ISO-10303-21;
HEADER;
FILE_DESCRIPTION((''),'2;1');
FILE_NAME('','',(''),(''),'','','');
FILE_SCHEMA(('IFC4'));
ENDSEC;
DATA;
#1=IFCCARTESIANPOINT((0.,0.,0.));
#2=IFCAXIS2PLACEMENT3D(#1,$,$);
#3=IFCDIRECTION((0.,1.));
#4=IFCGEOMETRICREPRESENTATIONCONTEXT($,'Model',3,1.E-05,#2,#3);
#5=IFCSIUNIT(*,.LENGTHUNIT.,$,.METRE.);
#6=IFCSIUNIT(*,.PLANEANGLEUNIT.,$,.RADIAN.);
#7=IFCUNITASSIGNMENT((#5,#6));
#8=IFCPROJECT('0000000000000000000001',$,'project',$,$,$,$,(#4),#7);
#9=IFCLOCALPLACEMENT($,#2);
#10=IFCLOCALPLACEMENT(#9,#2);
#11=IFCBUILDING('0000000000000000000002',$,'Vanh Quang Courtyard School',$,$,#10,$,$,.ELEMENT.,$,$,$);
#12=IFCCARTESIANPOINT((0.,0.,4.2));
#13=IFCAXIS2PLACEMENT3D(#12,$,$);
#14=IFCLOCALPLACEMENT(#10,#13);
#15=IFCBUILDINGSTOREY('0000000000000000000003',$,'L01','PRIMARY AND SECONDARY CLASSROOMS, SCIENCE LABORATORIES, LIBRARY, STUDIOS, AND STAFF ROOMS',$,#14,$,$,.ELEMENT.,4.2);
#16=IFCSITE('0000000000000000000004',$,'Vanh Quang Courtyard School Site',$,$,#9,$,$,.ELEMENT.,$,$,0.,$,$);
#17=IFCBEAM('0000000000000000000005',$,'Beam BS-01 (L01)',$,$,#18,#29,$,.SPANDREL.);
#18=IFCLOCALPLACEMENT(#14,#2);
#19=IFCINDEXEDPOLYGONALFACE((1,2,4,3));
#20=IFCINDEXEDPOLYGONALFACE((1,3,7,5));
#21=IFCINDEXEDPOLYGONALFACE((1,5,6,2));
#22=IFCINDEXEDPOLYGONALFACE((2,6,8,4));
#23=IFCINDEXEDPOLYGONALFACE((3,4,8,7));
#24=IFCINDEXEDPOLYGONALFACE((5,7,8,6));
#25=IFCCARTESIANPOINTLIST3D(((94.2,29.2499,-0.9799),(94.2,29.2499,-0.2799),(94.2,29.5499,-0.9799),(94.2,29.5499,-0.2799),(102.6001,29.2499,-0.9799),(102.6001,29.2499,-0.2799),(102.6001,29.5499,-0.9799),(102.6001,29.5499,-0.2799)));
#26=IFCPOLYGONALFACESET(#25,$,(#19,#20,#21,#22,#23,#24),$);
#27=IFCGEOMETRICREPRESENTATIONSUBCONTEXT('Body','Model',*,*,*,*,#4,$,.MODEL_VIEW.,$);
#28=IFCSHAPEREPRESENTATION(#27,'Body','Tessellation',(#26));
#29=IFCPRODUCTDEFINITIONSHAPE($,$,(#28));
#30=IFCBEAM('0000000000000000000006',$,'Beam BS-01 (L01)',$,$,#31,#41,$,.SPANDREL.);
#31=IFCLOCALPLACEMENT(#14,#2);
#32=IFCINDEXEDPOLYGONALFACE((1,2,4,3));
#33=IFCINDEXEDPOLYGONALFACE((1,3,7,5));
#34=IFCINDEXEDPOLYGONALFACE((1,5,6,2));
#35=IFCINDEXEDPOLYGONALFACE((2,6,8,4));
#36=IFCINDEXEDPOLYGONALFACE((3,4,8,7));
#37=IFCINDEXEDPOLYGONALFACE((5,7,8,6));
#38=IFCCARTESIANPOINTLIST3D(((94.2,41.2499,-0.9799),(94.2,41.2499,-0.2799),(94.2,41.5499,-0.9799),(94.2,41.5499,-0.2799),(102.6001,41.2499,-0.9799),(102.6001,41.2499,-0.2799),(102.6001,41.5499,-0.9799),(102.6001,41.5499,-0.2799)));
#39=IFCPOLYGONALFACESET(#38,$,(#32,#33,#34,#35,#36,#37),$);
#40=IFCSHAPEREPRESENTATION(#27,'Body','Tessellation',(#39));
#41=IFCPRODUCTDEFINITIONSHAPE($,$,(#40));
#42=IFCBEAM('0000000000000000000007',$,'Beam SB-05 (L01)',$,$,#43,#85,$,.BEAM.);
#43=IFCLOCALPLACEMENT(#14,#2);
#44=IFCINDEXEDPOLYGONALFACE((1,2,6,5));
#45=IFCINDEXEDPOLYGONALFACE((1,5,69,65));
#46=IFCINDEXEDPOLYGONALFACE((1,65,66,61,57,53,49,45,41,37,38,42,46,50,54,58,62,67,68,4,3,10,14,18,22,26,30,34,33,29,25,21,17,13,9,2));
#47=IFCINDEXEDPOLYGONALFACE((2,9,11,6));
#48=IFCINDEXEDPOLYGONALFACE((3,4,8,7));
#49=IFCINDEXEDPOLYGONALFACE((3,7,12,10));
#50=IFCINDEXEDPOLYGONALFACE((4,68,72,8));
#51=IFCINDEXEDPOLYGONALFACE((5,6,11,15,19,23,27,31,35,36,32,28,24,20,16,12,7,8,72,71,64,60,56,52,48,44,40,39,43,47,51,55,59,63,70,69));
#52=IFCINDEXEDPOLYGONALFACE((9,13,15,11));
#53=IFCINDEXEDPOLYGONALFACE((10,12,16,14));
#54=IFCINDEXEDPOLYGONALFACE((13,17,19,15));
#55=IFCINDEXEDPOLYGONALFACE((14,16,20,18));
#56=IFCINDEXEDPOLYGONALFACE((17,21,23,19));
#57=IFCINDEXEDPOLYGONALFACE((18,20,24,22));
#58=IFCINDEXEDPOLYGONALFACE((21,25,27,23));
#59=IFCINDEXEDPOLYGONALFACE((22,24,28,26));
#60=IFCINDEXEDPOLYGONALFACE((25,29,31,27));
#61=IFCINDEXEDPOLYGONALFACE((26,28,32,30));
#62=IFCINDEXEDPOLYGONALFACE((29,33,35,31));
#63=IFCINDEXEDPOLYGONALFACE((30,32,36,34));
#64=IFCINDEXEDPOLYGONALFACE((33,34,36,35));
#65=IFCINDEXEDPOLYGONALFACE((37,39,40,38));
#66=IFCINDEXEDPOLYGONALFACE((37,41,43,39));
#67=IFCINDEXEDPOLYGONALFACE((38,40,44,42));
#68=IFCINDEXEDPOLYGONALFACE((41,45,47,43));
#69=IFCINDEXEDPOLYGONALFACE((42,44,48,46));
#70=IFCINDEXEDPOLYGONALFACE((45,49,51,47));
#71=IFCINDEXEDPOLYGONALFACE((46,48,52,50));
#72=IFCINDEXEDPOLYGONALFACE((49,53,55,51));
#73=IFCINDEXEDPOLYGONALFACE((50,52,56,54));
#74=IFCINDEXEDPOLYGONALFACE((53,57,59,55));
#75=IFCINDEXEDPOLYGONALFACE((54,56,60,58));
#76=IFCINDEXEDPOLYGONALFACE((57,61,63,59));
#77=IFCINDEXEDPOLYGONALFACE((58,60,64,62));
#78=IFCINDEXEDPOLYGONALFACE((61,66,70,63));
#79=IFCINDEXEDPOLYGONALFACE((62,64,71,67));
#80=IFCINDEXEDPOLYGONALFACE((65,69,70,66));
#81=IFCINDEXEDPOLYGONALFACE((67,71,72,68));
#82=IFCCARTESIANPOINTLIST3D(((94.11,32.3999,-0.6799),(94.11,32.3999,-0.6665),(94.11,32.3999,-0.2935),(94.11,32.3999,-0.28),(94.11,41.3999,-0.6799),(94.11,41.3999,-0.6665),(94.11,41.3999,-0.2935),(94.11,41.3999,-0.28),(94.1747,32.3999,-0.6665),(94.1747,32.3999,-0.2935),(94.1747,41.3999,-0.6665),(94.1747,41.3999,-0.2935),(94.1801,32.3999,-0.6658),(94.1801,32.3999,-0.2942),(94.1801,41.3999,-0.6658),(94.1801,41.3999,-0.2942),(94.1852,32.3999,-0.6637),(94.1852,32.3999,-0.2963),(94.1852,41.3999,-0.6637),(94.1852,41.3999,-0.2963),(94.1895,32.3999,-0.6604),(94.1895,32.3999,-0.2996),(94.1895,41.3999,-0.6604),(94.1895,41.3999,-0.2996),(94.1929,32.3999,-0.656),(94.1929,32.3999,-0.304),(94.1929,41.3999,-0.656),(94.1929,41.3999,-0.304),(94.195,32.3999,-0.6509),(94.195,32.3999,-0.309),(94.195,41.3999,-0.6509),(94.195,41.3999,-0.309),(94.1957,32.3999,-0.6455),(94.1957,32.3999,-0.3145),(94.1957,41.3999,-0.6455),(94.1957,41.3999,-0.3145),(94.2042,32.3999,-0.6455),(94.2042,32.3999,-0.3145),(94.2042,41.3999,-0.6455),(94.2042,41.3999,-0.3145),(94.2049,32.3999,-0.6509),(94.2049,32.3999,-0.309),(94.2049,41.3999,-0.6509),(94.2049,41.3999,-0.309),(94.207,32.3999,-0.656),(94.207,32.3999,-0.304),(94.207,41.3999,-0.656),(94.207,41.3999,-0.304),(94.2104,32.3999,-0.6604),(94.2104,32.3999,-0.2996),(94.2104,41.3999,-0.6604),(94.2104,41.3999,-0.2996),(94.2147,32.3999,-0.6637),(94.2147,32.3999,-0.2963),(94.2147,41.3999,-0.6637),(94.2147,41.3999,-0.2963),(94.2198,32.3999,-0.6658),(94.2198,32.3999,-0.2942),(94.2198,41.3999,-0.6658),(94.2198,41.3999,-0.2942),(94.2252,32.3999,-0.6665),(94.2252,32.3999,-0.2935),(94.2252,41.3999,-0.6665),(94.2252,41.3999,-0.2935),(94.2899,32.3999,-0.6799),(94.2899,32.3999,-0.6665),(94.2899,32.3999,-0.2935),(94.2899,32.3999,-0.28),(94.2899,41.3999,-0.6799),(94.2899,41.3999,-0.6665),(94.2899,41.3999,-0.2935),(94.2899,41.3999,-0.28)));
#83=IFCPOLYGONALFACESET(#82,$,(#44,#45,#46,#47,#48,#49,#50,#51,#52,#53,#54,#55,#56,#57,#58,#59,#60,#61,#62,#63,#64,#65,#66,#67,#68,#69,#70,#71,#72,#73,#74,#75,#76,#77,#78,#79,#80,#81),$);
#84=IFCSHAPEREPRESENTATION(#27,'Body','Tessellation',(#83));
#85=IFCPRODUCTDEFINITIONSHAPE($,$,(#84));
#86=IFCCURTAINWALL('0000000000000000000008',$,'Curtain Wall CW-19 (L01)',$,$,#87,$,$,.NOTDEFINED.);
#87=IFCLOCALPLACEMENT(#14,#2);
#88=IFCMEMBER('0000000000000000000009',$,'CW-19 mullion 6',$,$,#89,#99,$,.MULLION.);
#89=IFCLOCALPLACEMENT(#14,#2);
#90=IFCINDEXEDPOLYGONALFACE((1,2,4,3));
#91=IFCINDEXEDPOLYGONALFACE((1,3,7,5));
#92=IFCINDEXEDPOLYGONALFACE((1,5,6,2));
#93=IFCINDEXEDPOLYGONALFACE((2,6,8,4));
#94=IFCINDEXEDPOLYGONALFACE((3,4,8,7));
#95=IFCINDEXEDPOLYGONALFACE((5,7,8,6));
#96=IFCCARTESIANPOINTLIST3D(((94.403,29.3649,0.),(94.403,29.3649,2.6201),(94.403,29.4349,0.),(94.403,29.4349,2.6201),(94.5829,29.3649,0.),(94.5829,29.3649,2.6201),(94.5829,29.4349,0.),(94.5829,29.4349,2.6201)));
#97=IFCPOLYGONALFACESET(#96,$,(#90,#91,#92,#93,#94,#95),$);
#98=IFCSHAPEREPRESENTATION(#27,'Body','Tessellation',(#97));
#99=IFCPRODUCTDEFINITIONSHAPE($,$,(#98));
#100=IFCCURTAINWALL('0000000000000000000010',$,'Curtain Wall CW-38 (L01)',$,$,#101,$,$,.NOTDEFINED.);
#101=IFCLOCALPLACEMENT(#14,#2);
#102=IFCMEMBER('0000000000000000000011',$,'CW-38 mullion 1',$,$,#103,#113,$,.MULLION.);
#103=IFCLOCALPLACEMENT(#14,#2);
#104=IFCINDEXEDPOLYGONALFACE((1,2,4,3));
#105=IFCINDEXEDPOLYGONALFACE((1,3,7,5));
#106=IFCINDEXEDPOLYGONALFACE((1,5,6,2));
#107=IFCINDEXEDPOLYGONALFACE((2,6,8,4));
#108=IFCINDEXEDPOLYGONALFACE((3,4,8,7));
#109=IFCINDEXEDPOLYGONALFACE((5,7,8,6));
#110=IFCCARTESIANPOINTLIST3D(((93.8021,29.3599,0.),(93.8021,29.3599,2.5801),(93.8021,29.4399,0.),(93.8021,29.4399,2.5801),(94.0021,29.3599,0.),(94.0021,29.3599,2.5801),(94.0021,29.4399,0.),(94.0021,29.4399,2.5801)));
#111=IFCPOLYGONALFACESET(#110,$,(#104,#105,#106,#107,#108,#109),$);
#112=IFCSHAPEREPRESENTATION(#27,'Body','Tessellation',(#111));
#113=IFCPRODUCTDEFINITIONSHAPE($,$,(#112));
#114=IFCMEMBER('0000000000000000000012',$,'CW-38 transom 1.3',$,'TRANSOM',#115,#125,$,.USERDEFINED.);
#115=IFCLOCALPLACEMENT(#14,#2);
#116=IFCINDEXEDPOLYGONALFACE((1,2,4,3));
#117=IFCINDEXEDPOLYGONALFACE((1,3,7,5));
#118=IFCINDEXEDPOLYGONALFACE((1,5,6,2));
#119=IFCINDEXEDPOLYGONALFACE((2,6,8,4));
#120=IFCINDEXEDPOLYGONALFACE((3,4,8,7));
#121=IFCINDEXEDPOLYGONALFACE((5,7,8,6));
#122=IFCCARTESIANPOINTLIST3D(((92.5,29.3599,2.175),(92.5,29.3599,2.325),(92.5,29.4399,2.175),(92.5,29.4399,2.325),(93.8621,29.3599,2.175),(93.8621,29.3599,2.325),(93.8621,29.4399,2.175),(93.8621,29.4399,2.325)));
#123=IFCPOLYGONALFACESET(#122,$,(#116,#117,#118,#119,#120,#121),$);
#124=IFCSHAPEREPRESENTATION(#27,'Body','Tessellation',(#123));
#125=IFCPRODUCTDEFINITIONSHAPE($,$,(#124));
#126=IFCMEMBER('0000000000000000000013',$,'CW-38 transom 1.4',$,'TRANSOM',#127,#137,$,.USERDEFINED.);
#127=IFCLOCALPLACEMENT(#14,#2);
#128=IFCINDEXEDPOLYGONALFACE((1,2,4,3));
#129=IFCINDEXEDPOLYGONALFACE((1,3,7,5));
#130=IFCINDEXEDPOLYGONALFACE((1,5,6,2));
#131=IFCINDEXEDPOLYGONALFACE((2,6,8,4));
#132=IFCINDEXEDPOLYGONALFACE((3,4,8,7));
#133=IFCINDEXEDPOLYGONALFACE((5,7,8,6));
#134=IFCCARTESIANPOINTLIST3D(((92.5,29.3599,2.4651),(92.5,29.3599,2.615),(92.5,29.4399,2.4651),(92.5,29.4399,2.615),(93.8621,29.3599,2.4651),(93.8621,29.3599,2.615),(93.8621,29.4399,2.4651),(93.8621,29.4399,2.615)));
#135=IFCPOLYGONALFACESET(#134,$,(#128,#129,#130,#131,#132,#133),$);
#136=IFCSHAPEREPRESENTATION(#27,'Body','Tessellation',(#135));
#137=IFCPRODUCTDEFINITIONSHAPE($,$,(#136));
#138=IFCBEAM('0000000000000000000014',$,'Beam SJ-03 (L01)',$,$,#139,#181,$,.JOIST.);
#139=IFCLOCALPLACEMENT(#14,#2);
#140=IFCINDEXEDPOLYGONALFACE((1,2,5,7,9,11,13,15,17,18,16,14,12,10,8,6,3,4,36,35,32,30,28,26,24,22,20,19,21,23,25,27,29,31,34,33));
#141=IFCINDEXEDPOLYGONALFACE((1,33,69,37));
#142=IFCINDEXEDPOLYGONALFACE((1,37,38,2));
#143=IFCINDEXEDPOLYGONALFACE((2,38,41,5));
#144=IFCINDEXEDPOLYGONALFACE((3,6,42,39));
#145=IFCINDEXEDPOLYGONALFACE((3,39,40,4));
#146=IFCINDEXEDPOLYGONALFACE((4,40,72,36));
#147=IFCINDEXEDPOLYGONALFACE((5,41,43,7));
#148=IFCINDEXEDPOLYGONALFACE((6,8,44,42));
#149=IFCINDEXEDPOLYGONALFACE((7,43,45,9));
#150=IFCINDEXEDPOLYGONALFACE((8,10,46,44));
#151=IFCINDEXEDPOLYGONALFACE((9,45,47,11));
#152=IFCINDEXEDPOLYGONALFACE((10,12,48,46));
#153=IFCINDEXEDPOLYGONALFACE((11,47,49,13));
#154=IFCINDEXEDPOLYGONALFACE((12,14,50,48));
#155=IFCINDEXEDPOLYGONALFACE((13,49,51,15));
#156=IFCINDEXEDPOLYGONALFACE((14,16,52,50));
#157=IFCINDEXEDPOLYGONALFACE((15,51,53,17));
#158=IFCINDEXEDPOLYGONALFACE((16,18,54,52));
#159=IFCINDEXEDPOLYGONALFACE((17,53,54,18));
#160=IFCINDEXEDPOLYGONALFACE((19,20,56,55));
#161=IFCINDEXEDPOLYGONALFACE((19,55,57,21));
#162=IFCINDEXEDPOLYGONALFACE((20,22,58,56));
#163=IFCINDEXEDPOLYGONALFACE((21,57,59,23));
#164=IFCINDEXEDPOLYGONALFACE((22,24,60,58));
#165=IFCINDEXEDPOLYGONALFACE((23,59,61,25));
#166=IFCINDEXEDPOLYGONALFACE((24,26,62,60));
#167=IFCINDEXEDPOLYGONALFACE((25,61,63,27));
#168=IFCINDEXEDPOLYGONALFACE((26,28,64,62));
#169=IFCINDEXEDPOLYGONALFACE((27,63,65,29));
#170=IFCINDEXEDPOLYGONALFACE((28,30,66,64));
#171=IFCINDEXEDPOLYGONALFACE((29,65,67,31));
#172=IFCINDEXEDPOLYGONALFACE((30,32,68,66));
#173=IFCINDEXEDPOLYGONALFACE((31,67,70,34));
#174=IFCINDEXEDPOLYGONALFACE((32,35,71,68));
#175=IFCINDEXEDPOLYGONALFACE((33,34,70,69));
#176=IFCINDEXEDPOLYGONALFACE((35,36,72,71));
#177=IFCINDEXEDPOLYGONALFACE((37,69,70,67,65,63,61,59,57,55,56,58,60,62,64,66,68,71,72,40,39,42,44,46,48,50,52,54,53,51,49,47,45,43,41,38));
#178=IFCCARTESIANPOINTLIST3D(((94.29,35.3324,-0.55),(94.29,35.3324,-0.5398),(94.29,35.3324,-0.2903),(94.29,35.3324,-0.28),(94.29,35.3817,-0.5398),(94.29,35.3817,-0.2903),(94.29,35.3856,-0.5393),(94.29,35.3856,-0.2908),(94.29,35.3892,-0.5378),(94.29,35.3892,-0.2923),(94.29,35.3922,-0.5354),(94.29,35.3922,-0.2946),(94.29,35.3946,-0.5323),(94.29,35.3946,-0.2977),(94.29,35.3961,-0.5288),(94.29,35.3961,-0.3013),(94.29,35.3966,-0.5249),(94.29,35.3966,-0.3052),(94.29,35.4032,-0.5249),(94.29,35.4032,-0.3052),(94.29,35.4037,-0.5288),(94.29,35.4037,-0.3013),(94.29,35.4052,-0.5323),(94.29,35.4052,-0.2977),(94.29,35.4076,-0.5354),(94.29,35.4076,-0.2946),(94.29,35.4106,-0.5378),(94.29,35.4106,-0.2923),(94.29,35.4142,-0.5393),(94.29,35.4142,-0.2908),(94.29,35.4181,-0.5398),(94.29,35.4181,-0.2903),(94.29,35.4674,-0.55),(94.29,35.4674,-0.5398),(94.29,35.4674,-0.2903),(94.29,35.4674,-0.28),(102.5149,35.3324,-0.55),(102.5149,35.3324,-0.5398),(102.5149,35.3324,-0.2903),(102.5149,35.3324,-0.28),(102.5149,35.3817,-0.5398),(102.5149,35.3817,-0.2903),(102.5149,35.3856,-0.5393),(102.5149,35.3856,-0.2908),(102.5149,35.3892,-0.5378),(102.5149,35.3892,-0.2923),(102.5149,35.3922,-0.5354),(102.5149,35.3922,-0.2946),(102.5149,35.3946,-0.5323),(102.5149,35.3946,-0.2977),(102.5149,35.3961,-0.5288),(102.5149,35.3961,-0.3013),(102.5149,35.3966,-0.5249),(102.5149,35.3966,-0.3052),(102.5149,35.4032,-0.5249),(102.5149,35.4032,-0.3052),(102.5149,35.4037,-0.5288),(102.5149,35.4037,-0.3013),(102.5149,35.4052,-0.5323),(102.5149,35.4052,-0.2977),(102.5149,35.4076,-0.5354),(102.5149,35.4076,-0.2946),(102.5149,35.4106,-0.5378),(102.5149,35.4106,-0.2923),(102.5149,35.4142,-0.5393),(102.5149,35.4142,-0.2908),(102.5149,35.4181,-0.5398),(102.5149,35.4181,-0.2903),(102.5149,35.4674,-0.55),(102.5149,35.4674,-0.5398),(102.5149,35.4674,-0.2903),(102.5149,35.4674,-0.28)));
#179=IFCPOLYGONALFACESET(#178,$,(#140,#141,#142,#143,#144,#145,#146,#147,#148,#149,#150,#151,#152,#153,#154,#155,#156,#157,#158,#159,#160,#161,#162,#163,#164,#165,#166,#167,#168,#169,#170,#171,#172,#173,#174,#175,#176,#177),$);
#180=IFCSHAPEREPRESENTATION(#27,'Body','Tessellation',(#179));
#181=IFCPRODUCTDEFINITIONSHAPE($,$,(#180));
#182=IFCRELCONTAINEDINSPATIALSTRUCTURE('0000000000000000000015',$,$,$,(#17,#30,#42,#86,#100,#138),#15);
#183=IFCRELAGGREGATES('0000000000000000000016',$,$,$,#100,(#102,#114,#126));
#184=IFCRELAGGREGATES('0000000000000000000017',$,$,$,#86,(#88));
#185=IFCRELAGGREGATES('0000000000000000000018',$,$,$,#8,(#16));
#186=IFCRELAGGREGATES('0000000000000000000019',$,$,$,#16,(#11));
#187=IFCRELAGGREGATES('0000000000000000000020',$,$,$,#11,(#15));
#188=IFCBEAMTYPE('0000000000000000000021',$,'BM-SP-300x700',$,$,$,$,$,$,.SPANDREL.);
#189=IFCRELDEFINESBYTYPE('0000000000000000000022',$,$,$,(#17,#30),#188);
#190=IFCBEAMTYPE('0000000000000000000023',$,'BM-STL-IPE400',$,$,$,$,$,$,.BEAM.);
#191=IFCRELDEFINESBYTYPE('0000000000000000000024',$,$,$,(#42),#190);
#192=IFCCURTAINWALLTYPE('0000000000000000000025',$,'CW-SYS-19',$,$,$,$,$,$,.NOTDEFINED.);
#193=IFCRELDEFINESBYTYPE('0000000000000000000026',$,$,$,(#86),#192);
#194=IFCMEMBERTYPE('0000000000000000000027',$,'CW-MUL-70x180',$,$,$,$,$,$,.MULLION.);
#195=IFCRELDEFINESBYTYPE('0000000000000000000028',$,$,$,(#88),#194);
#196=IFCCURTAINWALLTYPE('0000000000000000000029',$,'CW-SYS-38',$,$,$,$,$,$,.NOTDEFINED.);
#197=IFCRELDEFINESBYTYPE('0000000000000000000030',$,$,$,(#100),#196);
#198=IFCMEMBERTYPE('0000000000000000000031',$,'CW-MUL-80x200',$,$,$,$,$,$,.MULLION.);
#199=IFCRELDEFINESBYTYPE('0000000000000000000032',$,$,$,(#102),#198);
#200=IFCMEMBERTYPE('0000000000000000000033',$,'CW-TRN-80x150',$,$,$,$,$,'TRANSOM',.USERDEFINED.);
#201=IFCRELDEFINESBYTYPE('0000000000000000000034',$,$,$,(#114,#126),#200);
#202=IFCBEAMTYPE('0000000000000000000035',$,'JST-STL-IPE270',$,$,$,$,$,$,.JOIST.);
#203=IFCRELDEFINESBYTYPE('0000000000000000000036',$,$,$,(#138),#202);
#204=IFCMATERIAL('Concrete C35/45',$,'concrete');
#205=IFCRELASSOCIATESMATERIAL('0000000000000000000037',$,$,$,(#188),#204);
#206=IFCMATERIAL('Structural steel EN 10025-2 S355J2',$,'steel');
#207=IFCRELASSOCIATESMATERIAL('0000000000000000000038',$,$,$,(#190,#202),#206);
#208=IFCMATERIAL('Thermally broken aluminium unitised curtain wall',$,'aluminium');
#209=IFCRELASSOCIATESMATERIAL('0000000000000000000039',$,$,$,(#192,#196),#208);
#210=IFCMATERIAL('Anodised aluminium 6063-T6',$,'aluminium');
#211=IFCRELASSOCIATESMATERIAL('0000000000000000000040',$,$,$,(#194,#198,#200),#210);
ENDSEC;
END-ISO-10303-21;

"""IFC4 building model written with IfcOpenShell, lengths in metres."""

from ifc_helpers import new_model, si_unit, direction, frame, origin, origin_2d, place, context, subcontext, project, spatial, rectangle, i_section, extrude, material, material_profile, profile_set, type_object, element, aggregate, save


model = new_model("IFC4")

# Units and contexts
model_context = context("Model", 3, precision=1e-05, world=origin(), true_north=direction((0.0, 1.0)))
body_context = subcontext(model_context, "Body", "Model", "MODEL_VIEW")
ifc_project = project(units=[si_unit("LENGTHUNIT", "METRE"), si_unit("PLANEANGLEUNIT", "RADIAN")], contexts=[model_context])

# Site, building, storey
site_placement = place(None, origin())
site = spatial("IfcSite", under=ifc_project, at=site_placement, Name="Vanh Quang Courtyard School Site", CompositionType="ELEMENT", RefElevation=0.0)
building_placement = place(site_placement, origin())
building = spatial("IfcBuilding", under=site, at=building_placement, Name="Vanh Quang Courtyard School", CompositionType="ELEMENT")
storey_placement = place(building_placement, frame((0.0, 0.0, 4.2)))
storey = spatial("IfcBuildingStorey", under=building, at=storey_placement, Name="L01", Description="PRIMARY AND SECONDARY CLASSROOMS, SCIENCE LABORATORIES, LIBRARY, STUDIOS, AND STAFF ROOMS", CompositionType="ELEMENT", Elevation=4.2)

# Shared definitions
ifc_material_1 = material(Name="Concrete C35/45", Category="concrete")

# Beams
ifc_material_profile_1 = material_profile(ifc_material_1, rectangle(XDim=0.3, YDim=0.7, at=origin_2d()), Name="RC-SP 300x700")
ifc_profile_set_1 = profile_set([ifc_material_profile_1], Name="Concrete C35/45")
beam_type_1 = type_object("IfcBeamType", Name="BM-SP-300x700", PredefinedType="SPANDREL", material=ifc_profile_set_1)
for number, where, z_axis, x_axis, name in (
    (1, (94.2, 29.3999, -0.6299), (1.0, 0.0, 0.0), (0.0, 1.0, 0.0), "Beam BS-01 (L01)"),
    (2, (94.2, 41.3999, -0.6299), (1.0, 0.0, 0.0), (0.0, 1.0, 0.0), "Beam BS-01 (L01)"),
):
    element("IfcBeam", number, at=place(storey_placement, frame(where, z_axis=z_axis, x_axis=x_axis)), inside=storey, type_object=beam_type_1, Name=name, PredefinedType="SPANDREL", context=body_context, shape_type="SweptSolid", body=[
        extrude(rectangle(XDim=0.3, YDim=0.7, at=origin_2d()), origin(), (0.0, 0.0, 1.0), 8.4001),
    ])
ifc_material_2 = material(Name="Structural steel EN 10025-2 S355J2", Category="steel")
ifc_material_profile_2 = material_profile(ifc_material_2, i_section(OverallWidth=0.1799, OverallDepth=0.3999, WebThickness=0.0085, FlangeThickness=0.0134, FilletRadius=0.021, at=origin_2d()), Name="IPE 400")
ifc_profile_set_2 = profile_set([ifc_material_profile_2], Name="Structural steel EN 10025-2 S355J2")
beam_type_2 = type_object("IfcBeamType", Name="BM-STL-IPE400", PredefinedType="BEAM", material=ifc_profile_set_2)
beam_1_placement = place(storey_placement, frame((94.2, 32.3999, -0.48), z_axis=(0.0, 1.0, 0.0), x_axis=(-1.0, 0.0, 0.0)))
element("IfcBeam", 3, at=beam_1_placement, inside=storey, type_object=beam_type_2, Name="Beam SB-05 (L01)", PredefinedType="BEAM", context=body_context, shape_type="SweptSolid", body=[
    extrude(i_section(OverallWidth=0.1799, OverallDepth=0.3999, WebThickness=0.0085, FlangeThickness=0.0134, FilletRadius=0.021, at=origin_2d()), origin(), (0.0, 0.0, 1.0), 9.0),
])

# Curtain wall, member
ifc_material_3 = material(Name="Thermally broken aluminium unitised curtain wall", Category="aluminium")
curtain_wall_type_1 = type_object("IfcCurtainWallType", Name="CW-SYS-19", PredefinedType="NOTDEFINED", material=ifc_material_3)
curtain_wall_1_placement = place(storey_placement, origin())
curtain_wall_1 = element("IfcCurtainWall", 4, at=curtain_wall_1_placement, inside=storey, type_object=curtain_wall_type_1, Name="Curtain Wall CW-19 (L01)", PredefinedType="NOTDEFINED")
ifc_material_4 = material(Name="Anodised aluminium 6063-T6", Category="aluminium")
ifc_material_profile_3 = material_profile(ifc_material_4, rectangle(XDim=0.0701, YDim=0.1799, at=origin_2d()), Name="ALU-MUL 70x180")
ifc_profile_set_3 = profile_set([ifc_material_profile_3], Name="Anodised aluminium 6063-T6")
member_type_1 = type_object("IfcMemberType", Name="CW-MUL-70x180", PredefinedType="MULLION", material=ifc_profile_set_3)
member_1_placement = place(storey_placement, frame((94.4929, 29.3999, 0.0), z_axis=(0.0, 0.0, 1.0), x_axis=(0.0, -1.0, 0.0)))
member_1 = element("IfcMember", 5, at=member_1_placement, type_object=member_type_1, Name="CW-19 mullion 6", PredefinedType="MULLION", context=body_context, shape_type="SweptSolid", body=[
    extrude(rectangle(XDim=0.0701, YDim=0.1799, at=origin_2d()), origin(), (0.0, 0.0, 1.0), 2.6201),
])

# Curtain wall, members
curtain_wall_type_2 = type_object("IfcCurtainWallType", Name="CW-SYS-38", PredefinedType="NOTDEFINED", material=ifc_material_3)
curtain_wall_2_placement = place(storey_placement, origin())
curtain_wall_2 = element("IfcCurtainWall", 6, at=curtain_wall_2_placement, inside=storey, type_object=curtain_wall_type_2, Name="Curtain Wall CW-38 (L01)", PredefinedType="NOTDEFINED")
ifc_material_profile_4 = material_profile(ifc_material_4, rectangle(XDim=0.0801, YDim=0.2, at=origin_2d()), Name="ALU-MUL 80x200")
ifc_profile_set_4 = profile_set([ifc_material_profile_4], Name="Anodised aluminium 6063-T6")
member_type_2 = type_object("IfcMemberType", Name="CW-MUL-80x200", PredefinedType="MULLION", material=ifc_profile_set_4)
member_2_placement = place(storey_placement, frame((93.9021, 29.3999, 0.0), z_axis=(0.0, 0.0, 1.0), x_axis=(0.0, -1.0, 0.0)))
member_2 = element("IfcMember", 7, at=member_2_placement, type_object=member_type_2, Name="CW-38 mullion 1", PredefinedType="MULLION", context=body_context, shape_type="SweptSolid", body=[
    extrude(rectangle(XDim=0.0801, YDim=0.2, at=origin_2d()), origin(), (0.0, 0.0, 1.0), 2.5801),
])
ifc_material_profile_5 = material_profile(ifc_material_4, rectangle(XDim=0.0801, YDim=0.1499, at=origin_2d()), Name="ALU-TRN 80x150")
ifc_profile_set_5 = profile_set([ifc_material_profile_5], Name="Anodised aluminium 6063-T6")
member_type_3 = type_object("IfcMemberType", Name="CW-TRN-80x150", ElementType="TRANSOM", PredefinedType="USERDEFINED", material=ifc_profile_set_5)
member_3_placement = place(storey_placement, frame((93.8621, 29.3999, 2.25), z_axis=(-1.0, 0.0, 0.0), x_axis=(0.0, -1.0, 0.0)))
member_3 = element("IfcMember", 8, at=member_3_placement, type_object=member_type_3, Name="CW-38 transom 1.3", ObjectType="TRANSOM", PredefinedType="USERDEFINED", context=body_context, shape_type="SweptSolid", body=[
    extrude(rectangle(XDim=0.0801, YDim=0.1499, at=origin_2d()), origin(), (0.0, 0.0, 1.0), 1.3621),
])
member_4_placement = place(storey_placement, frame((93.8621, 29.3999, 2.54), z_axis=(-1.0, 0.0, 0.0), x_axis=(0.0, -1.0, 0.0)))
member_4 = element("IfcMember", 9, at=member_4_placement, type_object=member_type_3, Name="CW-38 transom 1.4", ObjectType="TRANSOM", PredefinedType="USERDEFINED", context=body_context, shape_type="SweptSolid", body=[
    extrude(rectangle(XDim=0.0801, YDim=0.1499, at=origin_2d()), origin(), (0.0, 0.0, 1.0), 1.3621),
])
aggregate(curtain_wall_2, [member_2, member_3, member_4])

# Beam
ifc_material_profile_6 = material_profile(ifc_material_2, i_section(OverallWidth=0.135, OverallDepth=0.27, WebThickness=0.0066, FlangeThickness=0.0103, FilletRadius=0.0149, at=origin_2d()), Name="IPE 270")
ifc_profile_set_6 = profile_set([ifc_material_profile_6], Name="Structural steel EN 10025-2 S355J2")
beam_type_3 = type_object("IfcBeamType", Name="JST-STL-IPE270", PredefinedType="JOIST", material=ifc_profile_set_6)
for number, where, z_axis, x_axis, name in (
    (10, (94.29, 35.3999, -0.415), (1.0, 0.0, 0.0), (0.0, 1.0, 0.0), "Beam SJ-03 (L01)"),
):
    element("IfcBeam", number, at=place(storey_placement, frame(where, z_axis=z_axis, x_axis=x_axis)), inside=storey, type_object=beam_type_3, Name=name, PredefinedType="JOIST", context=body_context, shape_type="SweptSolid", body=[
        extrude(i_section(OverallWidth=0.135, OverallDepth=0.27, WebThickness=0.0066, FlangeThickness=0.0103, FilletRadius=0.0149, at=origin_2d()), origin(), (0.0, 0.0, 1.0), 8.2249),
    ])

aggregate(curtain_wall_1, [member_1])

save(model, "model.ifc")
